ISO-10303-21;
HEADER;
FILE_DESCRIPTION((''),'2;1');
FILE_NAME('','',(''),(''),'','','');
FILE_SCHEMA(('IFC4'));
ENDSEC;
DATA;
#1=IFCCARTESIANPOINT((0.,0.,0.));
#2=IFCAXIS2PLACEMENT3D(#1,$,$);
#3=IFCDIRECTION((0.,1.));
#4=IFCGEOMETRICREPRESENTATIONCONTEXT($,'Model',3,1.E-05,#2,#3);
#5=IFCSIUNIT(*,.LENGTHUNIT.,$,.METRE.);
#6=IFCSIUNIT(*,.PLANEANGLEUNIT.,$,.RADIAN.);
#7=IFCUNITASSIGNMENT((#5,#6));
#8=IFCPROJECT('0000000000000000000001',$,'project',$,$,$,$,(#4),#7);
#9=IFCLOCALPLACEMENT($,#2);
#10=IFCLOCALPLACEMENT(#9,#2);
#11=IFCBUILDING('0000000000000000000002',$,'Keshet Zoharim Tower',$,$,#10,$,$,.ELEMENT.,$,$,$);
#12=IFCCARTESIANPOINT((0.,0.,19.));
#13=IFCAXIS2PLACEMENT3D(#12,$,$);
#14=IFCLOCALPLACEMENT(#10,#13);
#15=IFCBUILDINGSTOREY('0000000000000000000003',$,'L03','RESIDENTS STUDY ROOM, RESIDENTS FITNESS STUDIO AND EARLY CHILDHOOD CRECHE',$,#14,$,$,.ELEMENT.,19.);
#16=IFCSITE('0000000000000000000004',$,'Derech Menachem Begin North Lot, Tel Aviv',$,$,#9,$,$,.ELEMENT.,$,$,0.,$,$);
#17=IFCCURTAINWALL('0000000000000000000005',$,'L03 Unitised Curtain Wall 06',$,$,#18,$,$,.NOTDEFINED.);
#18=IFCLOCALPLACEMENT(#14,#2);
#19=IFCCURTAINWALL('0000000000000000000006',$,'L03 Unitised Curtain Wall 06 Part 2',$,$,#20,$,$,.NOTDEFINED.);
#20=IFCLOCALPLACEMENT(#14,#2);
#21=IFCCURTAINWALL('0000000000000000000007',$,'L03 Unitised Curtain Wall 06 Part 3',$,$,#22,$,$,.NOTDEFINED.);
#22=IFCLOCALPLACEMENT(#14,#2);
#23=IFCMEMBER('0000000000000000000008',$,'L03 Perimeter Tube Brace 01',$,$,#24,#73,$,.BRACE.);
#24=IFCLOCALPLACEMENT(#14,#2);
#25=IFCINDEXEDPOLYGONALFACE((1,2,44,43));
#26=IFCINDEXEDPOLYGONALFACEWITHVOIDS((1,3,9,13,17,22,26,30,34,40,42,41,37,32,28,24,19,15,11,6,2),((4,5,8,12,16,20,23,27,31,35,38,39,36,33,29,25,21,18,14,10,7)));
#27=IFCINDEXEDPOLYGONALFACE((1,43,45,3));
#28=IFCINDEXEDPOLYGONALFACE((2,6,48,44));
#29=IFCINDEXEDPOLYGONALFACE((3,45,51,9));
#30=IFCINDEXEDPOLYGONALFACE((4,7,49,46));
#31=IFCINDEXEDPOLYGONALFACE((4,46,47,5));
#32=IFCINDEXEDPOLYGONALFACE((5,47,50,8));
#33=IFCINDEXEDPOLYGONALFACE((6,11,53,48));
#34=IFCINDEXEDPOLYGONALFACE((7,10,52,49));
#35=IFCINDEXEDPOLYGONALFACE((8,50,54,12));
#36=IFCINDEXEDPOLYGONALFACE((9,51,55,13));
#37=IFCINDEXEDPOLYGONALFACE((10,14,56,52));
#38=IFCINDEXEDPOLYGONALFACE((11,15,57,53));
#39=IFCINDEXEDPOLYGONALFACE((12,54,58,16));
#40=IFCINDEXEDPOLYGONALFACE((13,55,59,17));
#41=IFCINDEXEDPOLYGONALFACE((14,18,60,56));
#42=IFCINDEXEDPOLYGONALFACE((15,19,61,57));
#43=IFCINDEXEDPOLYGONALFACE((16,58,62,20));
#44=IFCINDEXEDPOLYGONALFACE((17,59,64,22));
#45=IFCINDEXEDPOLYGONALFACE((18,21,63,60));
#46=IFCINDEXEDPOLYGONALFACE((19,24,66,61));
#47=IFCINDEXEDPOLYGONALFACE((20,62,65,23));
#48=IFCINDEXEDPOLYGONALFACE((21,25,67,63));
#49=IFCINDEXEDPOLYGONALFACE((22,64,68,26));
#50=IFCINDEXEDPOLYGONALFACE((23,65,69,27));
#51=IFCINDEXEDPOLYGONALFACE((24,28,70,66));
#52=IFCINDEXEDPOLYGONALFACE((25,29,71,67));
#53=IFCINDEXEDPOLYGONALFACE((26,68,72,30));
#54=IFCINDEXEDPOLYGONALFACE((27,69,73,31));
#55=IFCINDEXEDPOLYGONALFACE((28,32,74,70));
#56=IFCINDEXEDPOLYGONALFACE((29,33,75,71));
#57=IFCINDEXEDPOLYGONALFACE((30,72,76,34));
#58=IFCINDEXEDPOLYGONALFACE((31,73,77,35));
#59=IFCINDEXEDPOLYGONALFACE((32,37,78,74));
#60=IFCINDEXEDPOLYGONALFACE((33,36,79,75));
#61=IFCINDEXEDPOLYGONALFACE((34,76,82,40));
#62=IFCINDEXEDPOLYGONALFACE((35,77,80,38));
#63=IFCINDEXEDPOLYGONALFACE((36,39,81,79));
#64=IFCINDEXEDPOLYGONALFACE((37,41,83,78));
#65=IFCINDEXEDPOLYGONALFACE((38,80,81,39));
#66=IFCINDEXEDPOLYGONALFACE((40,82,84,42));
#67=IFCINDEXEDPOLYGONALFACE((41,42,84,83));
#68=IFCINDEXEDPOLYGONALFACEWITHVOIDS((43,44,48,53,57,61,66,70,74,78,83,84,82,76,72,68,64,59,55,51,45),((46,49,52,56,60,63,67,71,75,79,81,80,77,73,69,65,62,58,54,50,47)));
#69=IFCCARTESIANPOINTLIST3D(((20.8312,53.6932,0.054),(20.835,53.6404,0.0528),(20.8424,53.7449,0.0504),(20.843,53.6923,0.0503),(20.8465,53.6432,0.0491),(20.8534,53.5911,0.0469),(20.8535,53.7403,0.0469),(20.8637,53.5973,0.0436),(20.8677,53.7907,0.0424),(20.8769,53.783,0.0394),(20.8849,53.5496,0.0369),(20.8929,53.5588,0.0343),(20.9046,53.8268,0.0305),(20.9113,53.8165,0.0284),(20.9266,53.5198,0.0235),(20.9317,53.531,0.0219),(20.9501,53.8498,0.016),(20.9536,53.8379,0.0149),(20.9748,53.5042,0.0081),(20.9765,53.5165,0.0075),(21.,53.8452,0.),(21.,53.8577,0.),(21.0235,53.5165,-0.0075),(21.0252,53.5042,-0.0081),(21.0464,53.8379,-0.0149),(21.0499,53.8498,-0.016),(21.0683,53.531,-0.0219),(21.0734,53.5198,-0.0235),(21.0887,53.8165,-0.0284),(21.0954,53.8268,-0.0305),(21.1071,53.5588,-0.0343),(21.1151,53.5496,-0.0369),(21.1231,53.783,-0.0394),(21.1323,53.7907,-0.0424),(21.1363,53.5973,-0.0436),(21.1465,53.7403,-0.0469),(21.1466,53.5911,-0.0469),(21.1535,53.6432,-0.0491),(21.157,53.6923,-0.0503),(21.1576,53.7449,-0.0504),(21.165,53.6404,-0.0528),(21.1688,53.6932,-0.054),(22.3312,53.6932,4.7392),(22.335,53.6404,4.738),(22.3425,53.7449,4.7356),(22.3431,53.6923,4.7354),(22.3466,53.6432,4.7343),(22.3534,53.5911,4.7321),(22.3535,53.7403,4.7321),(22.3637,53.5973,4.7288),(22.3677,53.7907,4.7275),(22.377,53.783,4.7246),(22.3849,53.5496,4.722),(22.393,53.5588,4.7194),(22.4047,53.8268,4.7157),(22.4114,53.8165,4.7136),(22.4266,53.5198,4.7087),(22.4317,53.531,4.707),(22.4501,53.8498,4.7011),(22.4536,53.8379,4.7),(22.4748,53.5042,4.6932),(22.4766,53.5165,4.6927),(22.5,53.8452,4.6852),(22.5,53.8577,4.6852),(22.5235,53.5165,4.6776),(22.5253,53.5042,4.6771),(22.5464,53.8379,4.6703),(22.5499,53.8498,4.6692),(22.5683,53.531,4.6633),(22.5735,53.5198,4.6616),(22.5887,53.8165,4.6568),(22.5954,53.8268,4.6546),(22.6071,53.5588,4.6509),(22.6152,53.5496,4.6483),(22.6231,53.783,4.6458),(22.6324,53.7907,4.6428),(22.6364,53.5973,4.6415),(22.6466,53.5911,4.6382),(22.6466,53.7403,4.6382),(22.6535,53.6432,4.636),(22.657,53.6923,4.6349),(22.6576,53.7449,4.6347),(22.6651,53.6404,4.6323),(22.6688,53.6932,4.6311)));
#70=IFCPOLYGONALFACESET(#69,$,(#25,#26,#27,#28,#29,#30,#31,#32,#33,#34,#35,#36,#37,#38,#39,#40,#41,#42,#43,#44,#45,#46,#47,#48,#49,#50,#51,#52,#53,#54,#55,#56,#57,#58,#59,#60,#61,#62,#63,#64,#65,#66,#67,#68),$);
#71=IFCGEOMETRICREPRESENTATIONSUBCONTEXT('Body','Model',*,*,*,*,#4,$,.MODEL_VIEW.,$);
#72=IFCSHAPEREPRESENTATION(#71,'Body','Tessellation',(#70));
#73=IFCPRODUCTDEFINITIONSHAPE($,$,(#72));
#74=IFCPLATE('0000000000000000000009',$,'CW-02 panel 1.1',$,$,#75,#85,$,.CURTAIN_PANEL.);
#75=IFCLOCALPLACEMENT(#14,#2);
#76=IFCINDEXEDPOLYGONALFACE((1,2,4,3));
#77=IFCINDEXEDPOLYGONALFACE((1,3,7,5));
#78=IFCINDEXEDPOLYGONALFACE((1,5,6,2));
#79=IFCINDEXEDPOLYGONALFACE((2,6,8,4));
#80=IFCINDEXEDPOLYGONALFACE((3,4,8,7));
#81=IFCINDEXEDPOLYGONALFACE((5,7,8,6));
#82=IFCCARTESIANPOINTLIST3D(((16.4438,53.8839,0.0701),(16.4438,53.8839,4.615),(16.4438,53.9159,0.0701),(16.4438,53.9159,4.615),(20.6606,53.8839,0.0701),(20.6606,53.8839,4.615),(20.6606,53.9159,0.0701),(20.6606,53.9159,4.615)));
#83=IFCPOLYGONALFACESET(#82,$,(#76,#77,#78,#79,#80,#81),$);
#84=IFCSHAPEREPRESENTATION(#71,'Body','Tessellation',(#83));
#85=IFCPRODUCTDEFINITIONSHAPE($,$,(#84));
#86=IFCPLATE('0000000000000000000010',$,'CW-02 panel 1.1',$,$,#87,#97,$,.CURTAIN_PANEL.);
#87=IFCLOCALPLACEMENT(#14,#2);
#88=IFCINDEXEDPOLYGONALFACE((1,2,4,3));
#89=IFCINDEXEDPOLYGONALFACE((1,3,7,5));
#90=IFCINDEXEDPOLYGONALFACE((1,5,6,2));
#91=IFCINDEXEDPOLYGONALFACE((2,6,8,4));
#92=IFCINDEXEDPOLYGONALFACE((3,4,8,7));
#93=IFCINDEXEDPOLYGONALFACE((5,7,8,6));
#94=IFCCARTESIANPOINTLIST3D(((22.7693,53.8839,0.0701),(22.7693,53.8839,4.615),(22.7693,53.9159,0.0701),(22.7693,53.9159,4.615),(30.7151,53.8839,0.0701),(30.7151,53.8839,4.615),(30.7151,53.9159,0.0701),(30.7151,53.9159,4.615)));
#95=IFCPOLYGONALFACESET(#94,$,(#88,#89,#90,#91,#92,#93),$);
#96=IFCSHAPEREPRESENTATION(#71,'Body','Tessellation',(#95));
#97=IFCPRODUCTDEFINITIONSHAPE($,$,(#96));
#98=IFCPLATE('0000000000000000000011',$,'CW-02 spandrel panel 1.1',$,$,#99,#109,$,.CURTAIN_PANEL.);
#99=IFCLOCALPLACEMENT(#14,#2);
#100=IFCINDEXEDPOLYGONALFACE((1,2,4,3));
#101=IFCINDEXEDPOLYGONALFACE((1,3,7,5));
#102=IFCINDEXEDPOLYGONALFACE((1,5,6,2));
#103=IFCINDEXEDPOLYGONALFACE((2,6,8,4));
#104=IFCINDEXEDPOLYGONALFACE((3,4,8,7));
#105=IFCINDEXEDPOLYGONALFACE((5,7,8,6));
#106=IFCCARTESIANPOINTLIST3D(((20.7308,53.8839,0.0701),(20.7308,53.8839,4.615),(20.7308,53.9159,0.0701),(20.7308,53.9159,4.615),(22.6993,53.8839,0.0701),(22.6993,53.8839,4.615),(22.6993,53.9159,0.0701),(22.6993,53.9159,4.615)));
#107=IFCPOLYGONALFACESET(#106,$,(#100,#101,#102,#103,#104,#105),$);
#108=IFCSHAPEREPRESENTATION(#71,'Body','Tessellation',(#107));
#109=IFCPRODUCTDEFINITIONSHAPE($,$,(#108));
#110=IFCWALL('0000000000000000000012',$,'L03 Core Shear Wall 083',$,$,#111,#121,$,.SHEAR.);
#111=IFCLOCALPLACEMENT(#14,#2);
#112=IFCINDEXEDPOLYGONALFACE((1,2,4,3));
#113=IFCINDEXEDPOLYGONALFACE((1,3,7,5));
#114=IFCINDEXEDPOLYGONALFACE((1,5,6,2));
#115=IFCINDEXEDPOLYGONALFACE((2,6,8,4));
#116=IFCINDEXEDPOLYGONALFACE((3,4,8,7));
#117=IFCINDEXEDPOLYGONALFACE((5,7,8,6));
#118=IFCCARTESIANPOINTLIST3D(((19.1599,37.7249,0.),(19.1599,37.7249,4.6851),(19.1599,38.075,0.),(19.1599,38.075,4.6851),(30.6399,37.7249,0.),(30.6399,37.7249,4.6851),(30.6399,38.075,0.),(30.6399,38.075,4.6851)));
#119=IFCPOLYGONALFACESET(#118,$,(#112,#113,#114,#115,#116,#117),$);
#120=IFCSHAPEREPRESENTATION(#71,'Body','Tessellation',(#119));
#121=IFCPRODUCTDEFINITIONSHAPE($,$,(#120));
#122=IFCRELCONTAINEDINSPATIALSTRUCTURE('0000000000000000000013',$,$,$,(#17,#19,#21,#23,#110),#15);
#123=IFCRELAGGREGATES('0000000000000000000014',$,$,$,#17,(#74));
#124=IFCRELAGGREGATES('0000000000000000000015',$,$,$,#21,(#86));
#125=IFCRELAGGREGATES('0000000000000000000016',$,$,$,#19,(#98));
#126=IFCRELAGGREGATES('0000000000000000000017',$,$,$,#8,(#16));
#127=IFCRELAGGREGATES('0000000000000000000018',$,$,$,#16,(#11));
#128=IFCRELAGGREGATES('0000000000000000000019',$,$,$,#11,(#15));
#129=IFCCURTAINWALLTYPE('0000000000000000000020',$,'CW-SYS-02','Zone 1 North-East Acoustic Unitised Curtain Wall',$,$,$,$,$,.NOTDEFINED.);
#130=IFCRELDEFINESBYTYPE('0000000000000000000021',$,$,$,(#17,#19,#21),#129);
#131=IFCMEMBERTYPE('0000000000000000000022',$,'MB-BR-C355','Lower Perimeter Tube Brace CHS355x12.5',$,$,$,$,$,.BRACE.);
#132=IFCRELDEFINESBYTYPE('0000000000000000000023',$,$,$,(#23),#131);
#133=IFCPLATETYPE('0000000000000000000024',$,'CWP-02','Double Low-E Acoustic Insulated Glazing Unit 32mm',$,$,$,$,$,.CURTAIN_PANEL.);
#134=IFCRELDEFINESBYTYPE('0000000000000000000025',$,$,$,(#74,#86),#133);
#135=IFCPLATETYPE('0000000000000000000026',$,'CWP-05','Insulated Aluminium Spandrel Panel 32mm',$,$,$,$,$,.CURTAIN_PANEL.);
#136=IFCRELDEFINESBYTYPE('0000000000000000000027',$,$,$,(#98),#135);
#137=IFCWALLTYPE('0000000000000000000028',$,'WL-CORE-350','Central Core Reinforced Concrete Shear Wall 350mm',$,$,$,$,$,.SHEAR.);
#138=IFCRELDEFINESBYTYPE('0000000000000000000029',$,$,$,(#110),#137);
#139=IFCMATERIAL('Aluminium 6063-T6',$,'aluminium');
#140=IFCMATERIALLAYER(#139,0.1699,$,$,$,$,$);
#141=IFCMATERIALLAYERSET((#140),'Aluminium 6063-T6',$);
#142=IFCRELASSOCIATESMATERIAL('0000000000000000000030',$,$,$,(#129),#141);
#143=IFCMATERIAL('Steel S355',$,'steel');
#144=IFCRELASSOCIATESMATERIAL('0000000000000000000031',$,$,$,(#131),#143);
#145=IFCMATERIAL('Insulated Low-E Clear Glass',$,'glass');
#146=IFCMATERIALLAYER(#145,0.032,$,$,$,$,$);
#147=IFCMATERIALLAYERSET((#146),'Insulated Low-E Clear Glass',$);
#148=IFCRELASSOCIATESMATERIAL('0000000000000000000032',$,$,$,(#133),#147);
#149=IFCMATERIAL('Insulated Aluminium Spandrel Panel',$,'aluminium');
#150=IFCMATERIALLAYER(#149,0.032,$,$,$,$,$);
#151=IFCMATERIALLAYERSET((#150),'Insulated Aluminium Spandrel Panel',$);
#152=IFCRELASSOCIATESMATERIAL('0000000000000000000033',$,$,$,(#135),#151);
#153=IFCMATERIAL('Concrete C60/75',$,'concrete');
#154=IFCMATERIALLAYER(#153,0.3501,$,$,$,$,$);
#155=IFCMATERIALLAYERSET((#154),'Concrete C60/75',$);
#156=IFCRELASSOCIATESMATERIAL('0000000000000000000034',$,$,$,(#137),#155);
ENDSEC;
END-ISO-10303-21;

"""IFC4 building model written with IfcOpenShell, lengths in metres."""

from ifc_helpers import new_model, si_unit, direction, frame, frame_2d, origin, origin_2d, place, context, subcontext, project, spatial, rectangle, hollow_circle, extrude, material, layer, layer_set, material_profile, profile_set, type_object, element, aggregate, save


model = new_model("IFC4")

# Units and contexts
model_context = context("Model", 3, precision=1e-05, world=origin(), true_north=direction((0.0, 1.0)))
body_context = subcontext(model_context, "Body", "Model", "MODEL_VIEW")
ifc_project = project(units=[si_unit("LENGTHUNIT", "METRE"), si_unit("PLANEANGLEUNIT", "RADIAN")], contexts=[model_context])

# Site, building, storey
site_placement = place(None, origin())
site = spatial("IfcSite", under=ifc_project, at=site_placement, Name="Derech Menachem Begin North Lot, Tel Aviv", CompositionType="ELEMENT", RefElevation=0.0)
building_placement = place(site_placement, origin())
building = spatial("IfcBuilding", under=site, at=building_placement, Name="Keshet Zoharim Tower", CompositionType="ELEMENT")
storey_placement = place(building_placement, frame((0.0, 0.0, 19.0)))
storey = spatial("IfcBuildingStorey", under=building, at=storey_placement, Name="L03", Description="RESIDENTS STUDY ROOM, RESIDENTS FITNESS STUDIO AND EARLY CHILDHOOD CRECHE", CompositionType="ELEMENT", Elevation=19.0)

# Shared definitions
ifc_material_1 = material(Name="Steel S355", Category="steel")

# Shared definitions
ifc_material_2 = material(Name="Aluminium 6063-T6", Category="aluminium")

# Curtain wall
ifc_layer_1 = layer(ifc_material_2, 0.1699)
ifc_layer_set_1 = layer_set([ifc_layer_1], Name="Aluminium 6063-T6")
curtain_wall_type_1 = type_object("IfcCurtainWallType", Name="CW-SYS-02", Description="Zone 1 North-East Acoustic Unitised Curtain Wall", PredefinedType="NOTDEFINED", material=ifc_layer_set_1)
curtain_wall_1_placement = place(storey_placement, origin())
curtain_wall_1 = element("IfcCurtainWall", 1, at=curtain_wall_1_placement, inside=storey, type_object=curtain_wall_type_1, Name="L03 Unitised Curtain Wall 06", PredefinedType="NOTDEFINED")

# Curtain walls
curtain_wall_2_placement = place(storey_placement, origin())
curtain_wall_2 = element("IfcCurtainWall", 2, at=curtain_wall_2_placement, inside=storey, type_object=curtain_wall_type_1, Name="L03 Unitised Curtain Wall 06 Part 2", PredefinedType="NOTDEFINED")
curtain_wall_3_placement = place(storey_placement, origin())
curtain_wall_3 = element("IfcCurtainWall", 3, at=curtain_wall_3_placement, inside=storey, type_object=curtain_wall_type_1, Name="L03 Unitised Curtain Wall 06 Part 3", PredefinedType="NOTDEFINED")

# Member
ifc_material_profile_1 = material_profile(ifc_material_1, hollow_circle(Radius=0.1777, WallThickness=0.0125, at=origin_2d()), Name="CHS355x12.5")
ifc_profile_set_1 = profile_set([ifc_material_profile_1], Name="Steel S355")
member_type_1 = type_object("IfcMemberType", Name="MB-BR-C355", Description="Lower Perimeter Tube Brace CHS355x12.5", PredefinedType="BRACE", material=ifc_profile_set_1)
member_1_placement = place(storey_placement, frame((21.0, 53.6799, 0.0), z_axis=(0.30492, 0.0, 0.952378), x_axis=(0.0, 1.0, 0.0)))
element("IfcMember", 4, at=member_1_placement, inside=storey, type_object=member_type_1, Name="L03 Perimeter Tube Brace 01", PredefinedType="BRACE", context=body_context, shape_type="SweptSolid", body=[
    extrude(hollow_circle(Radius=0.1777, WallThickness=0.0125, at=origin_2d()), origin(), (0.0, 0.0, 1.0), 4.9194),
])

# Plates
ifc_material_3 = material(Name="Insulated Low-E Clear Glass", Category="glass")
ifc_layer_2 = layer(ifc_material_3, 0.032)
ifc_layer_set_2 = layer_set([ifc_layer_2], Name="Insulated Low-E Clear Glass")
plate_type_1 = type_object("IfcPlateType", Name="CWP-02", Description="Double Low-E Acoustic Insulated Glazing Unit 32mm", PredefinedType="CURTAIN_PANEL", material=ifc_layer_set_2)
plate_1_placement = place(storey_placement, frame((18.5522, 53.8999, 0.0701), z_axis=(0.0, 0.0, 1.0), x_axis=(1.0, 0.0, 0.0)))
plate_1 = element("IfcPlate", 5, at=plate_1_placement, type_object=plate_type_1, Name="CW-02 panel 1.1", PredefinedType="CURTAIN_PANEL", context=body_context, shape_type="SweptSolid", body=[
    extrude(rectangle(XDim=4.2168, YDim=0.032, at=origin_2d()), origin(), (0.0, 0.0, 1.0), 4.5449),
])
aggregate(curtain_wall_1, [plate_1])
plate_2_placement = place(storey_placement, frame((26.7422, 53.8999, 0.0701), z_axis=(0.0, 0.0, 1.0), x_axis=(1.0, 0.0, 0.0)))
plate_2 = element("IfcPlate", 6, at=plate_2_placement, type_object=plate_type_1, Name="CW-02 panel 1.1", PredefinedType="CURTAIN_PANEL", context=body_context, shape_type="SweptSolid", body=[
    extrude(rectangle(XDim=7.9458, YDim=0.032, at=origin_2d()), origin(), (0.0, 0.0, 1.0), 4.5449),
])
aggregate(curtain_wall_3, [plate_2])
ifc_material_4 = material(Name="Insulated Aluminium Spandrel Panel", Category="aluminium")
ifc_layer_3 = layer(ifc_material_4, 0.032)
ifc_layer_set_3 = layer_set([ifc_layer_3], Name="Insulated Aluminium Spandrel Panel")
plate_type_2 = type_object("IfcPlateType", Name="CWP-05", Description="Insulated Aluminium Spandrel Panel 32mm", PredefinedType="CURTAIN_PANEL", material=ifc_layer_set_3)
plate_3_placement = place(storey_placement, frame((21.7151, 53.8999, 0.0701), z_axis=(0.0, 0.0, 1.0), x_axis=(1.0, 0.0, 0.0)))
plate_3 = element("IfcPlate", 7, at=plate_3_placement, type_object=plate_type_2, Name="CW-02 spandrel panel 1.1", PredefinedType="CURTAIN_PANEL", context=body_context, shape_type="SweptSolid", body=[
    extrude(rectangle(XDim=1.9685, YDim=0.032, at=origin_2d()), origin(), (0.0, 0.0, 1.0), 4.5449),
])
aggregate(curtain_wall_2, [plate_3])

# Wall
ifc_material_5 = material(Name="Concrete C60/75", Category="concrete")
ifc_layer_4 = layer(ifc_material_5, 0.3501)
ifc_layer_set_4 = layer_set([ifc_layer_4], Name="Concrete C60/75")
wall_type = type_object("IfcWallType", Name="WL-CORE-350", Description="Central Core Reinforced Concrete Shear Wall 350mm", PredefinedType="SHEAR", material=ifc_layer_set_4)
wall_placement = place(storey_placement, frame((19.1599, 37.8999, 0.0), z_axis=(0.0, 0.0, 1.0), x_axis=(1.0, 0.0, 0.0)))
element("IfcWall", 8, at=wall_placement, inside=storey, type_object=wall_type, Name="L03 Core Shear Wall 083", PredefinedType="SHEAR", context=body_context, shape_type="SweptSolid", body=[
    extrude(rectangle(XDim=11.48, YDim=0.3501, at=frame_2d((5.74, 0.0))), origin(), (0.0, 0.0, 1.0), 4.6851),
])

save(model, "model.ifc")
